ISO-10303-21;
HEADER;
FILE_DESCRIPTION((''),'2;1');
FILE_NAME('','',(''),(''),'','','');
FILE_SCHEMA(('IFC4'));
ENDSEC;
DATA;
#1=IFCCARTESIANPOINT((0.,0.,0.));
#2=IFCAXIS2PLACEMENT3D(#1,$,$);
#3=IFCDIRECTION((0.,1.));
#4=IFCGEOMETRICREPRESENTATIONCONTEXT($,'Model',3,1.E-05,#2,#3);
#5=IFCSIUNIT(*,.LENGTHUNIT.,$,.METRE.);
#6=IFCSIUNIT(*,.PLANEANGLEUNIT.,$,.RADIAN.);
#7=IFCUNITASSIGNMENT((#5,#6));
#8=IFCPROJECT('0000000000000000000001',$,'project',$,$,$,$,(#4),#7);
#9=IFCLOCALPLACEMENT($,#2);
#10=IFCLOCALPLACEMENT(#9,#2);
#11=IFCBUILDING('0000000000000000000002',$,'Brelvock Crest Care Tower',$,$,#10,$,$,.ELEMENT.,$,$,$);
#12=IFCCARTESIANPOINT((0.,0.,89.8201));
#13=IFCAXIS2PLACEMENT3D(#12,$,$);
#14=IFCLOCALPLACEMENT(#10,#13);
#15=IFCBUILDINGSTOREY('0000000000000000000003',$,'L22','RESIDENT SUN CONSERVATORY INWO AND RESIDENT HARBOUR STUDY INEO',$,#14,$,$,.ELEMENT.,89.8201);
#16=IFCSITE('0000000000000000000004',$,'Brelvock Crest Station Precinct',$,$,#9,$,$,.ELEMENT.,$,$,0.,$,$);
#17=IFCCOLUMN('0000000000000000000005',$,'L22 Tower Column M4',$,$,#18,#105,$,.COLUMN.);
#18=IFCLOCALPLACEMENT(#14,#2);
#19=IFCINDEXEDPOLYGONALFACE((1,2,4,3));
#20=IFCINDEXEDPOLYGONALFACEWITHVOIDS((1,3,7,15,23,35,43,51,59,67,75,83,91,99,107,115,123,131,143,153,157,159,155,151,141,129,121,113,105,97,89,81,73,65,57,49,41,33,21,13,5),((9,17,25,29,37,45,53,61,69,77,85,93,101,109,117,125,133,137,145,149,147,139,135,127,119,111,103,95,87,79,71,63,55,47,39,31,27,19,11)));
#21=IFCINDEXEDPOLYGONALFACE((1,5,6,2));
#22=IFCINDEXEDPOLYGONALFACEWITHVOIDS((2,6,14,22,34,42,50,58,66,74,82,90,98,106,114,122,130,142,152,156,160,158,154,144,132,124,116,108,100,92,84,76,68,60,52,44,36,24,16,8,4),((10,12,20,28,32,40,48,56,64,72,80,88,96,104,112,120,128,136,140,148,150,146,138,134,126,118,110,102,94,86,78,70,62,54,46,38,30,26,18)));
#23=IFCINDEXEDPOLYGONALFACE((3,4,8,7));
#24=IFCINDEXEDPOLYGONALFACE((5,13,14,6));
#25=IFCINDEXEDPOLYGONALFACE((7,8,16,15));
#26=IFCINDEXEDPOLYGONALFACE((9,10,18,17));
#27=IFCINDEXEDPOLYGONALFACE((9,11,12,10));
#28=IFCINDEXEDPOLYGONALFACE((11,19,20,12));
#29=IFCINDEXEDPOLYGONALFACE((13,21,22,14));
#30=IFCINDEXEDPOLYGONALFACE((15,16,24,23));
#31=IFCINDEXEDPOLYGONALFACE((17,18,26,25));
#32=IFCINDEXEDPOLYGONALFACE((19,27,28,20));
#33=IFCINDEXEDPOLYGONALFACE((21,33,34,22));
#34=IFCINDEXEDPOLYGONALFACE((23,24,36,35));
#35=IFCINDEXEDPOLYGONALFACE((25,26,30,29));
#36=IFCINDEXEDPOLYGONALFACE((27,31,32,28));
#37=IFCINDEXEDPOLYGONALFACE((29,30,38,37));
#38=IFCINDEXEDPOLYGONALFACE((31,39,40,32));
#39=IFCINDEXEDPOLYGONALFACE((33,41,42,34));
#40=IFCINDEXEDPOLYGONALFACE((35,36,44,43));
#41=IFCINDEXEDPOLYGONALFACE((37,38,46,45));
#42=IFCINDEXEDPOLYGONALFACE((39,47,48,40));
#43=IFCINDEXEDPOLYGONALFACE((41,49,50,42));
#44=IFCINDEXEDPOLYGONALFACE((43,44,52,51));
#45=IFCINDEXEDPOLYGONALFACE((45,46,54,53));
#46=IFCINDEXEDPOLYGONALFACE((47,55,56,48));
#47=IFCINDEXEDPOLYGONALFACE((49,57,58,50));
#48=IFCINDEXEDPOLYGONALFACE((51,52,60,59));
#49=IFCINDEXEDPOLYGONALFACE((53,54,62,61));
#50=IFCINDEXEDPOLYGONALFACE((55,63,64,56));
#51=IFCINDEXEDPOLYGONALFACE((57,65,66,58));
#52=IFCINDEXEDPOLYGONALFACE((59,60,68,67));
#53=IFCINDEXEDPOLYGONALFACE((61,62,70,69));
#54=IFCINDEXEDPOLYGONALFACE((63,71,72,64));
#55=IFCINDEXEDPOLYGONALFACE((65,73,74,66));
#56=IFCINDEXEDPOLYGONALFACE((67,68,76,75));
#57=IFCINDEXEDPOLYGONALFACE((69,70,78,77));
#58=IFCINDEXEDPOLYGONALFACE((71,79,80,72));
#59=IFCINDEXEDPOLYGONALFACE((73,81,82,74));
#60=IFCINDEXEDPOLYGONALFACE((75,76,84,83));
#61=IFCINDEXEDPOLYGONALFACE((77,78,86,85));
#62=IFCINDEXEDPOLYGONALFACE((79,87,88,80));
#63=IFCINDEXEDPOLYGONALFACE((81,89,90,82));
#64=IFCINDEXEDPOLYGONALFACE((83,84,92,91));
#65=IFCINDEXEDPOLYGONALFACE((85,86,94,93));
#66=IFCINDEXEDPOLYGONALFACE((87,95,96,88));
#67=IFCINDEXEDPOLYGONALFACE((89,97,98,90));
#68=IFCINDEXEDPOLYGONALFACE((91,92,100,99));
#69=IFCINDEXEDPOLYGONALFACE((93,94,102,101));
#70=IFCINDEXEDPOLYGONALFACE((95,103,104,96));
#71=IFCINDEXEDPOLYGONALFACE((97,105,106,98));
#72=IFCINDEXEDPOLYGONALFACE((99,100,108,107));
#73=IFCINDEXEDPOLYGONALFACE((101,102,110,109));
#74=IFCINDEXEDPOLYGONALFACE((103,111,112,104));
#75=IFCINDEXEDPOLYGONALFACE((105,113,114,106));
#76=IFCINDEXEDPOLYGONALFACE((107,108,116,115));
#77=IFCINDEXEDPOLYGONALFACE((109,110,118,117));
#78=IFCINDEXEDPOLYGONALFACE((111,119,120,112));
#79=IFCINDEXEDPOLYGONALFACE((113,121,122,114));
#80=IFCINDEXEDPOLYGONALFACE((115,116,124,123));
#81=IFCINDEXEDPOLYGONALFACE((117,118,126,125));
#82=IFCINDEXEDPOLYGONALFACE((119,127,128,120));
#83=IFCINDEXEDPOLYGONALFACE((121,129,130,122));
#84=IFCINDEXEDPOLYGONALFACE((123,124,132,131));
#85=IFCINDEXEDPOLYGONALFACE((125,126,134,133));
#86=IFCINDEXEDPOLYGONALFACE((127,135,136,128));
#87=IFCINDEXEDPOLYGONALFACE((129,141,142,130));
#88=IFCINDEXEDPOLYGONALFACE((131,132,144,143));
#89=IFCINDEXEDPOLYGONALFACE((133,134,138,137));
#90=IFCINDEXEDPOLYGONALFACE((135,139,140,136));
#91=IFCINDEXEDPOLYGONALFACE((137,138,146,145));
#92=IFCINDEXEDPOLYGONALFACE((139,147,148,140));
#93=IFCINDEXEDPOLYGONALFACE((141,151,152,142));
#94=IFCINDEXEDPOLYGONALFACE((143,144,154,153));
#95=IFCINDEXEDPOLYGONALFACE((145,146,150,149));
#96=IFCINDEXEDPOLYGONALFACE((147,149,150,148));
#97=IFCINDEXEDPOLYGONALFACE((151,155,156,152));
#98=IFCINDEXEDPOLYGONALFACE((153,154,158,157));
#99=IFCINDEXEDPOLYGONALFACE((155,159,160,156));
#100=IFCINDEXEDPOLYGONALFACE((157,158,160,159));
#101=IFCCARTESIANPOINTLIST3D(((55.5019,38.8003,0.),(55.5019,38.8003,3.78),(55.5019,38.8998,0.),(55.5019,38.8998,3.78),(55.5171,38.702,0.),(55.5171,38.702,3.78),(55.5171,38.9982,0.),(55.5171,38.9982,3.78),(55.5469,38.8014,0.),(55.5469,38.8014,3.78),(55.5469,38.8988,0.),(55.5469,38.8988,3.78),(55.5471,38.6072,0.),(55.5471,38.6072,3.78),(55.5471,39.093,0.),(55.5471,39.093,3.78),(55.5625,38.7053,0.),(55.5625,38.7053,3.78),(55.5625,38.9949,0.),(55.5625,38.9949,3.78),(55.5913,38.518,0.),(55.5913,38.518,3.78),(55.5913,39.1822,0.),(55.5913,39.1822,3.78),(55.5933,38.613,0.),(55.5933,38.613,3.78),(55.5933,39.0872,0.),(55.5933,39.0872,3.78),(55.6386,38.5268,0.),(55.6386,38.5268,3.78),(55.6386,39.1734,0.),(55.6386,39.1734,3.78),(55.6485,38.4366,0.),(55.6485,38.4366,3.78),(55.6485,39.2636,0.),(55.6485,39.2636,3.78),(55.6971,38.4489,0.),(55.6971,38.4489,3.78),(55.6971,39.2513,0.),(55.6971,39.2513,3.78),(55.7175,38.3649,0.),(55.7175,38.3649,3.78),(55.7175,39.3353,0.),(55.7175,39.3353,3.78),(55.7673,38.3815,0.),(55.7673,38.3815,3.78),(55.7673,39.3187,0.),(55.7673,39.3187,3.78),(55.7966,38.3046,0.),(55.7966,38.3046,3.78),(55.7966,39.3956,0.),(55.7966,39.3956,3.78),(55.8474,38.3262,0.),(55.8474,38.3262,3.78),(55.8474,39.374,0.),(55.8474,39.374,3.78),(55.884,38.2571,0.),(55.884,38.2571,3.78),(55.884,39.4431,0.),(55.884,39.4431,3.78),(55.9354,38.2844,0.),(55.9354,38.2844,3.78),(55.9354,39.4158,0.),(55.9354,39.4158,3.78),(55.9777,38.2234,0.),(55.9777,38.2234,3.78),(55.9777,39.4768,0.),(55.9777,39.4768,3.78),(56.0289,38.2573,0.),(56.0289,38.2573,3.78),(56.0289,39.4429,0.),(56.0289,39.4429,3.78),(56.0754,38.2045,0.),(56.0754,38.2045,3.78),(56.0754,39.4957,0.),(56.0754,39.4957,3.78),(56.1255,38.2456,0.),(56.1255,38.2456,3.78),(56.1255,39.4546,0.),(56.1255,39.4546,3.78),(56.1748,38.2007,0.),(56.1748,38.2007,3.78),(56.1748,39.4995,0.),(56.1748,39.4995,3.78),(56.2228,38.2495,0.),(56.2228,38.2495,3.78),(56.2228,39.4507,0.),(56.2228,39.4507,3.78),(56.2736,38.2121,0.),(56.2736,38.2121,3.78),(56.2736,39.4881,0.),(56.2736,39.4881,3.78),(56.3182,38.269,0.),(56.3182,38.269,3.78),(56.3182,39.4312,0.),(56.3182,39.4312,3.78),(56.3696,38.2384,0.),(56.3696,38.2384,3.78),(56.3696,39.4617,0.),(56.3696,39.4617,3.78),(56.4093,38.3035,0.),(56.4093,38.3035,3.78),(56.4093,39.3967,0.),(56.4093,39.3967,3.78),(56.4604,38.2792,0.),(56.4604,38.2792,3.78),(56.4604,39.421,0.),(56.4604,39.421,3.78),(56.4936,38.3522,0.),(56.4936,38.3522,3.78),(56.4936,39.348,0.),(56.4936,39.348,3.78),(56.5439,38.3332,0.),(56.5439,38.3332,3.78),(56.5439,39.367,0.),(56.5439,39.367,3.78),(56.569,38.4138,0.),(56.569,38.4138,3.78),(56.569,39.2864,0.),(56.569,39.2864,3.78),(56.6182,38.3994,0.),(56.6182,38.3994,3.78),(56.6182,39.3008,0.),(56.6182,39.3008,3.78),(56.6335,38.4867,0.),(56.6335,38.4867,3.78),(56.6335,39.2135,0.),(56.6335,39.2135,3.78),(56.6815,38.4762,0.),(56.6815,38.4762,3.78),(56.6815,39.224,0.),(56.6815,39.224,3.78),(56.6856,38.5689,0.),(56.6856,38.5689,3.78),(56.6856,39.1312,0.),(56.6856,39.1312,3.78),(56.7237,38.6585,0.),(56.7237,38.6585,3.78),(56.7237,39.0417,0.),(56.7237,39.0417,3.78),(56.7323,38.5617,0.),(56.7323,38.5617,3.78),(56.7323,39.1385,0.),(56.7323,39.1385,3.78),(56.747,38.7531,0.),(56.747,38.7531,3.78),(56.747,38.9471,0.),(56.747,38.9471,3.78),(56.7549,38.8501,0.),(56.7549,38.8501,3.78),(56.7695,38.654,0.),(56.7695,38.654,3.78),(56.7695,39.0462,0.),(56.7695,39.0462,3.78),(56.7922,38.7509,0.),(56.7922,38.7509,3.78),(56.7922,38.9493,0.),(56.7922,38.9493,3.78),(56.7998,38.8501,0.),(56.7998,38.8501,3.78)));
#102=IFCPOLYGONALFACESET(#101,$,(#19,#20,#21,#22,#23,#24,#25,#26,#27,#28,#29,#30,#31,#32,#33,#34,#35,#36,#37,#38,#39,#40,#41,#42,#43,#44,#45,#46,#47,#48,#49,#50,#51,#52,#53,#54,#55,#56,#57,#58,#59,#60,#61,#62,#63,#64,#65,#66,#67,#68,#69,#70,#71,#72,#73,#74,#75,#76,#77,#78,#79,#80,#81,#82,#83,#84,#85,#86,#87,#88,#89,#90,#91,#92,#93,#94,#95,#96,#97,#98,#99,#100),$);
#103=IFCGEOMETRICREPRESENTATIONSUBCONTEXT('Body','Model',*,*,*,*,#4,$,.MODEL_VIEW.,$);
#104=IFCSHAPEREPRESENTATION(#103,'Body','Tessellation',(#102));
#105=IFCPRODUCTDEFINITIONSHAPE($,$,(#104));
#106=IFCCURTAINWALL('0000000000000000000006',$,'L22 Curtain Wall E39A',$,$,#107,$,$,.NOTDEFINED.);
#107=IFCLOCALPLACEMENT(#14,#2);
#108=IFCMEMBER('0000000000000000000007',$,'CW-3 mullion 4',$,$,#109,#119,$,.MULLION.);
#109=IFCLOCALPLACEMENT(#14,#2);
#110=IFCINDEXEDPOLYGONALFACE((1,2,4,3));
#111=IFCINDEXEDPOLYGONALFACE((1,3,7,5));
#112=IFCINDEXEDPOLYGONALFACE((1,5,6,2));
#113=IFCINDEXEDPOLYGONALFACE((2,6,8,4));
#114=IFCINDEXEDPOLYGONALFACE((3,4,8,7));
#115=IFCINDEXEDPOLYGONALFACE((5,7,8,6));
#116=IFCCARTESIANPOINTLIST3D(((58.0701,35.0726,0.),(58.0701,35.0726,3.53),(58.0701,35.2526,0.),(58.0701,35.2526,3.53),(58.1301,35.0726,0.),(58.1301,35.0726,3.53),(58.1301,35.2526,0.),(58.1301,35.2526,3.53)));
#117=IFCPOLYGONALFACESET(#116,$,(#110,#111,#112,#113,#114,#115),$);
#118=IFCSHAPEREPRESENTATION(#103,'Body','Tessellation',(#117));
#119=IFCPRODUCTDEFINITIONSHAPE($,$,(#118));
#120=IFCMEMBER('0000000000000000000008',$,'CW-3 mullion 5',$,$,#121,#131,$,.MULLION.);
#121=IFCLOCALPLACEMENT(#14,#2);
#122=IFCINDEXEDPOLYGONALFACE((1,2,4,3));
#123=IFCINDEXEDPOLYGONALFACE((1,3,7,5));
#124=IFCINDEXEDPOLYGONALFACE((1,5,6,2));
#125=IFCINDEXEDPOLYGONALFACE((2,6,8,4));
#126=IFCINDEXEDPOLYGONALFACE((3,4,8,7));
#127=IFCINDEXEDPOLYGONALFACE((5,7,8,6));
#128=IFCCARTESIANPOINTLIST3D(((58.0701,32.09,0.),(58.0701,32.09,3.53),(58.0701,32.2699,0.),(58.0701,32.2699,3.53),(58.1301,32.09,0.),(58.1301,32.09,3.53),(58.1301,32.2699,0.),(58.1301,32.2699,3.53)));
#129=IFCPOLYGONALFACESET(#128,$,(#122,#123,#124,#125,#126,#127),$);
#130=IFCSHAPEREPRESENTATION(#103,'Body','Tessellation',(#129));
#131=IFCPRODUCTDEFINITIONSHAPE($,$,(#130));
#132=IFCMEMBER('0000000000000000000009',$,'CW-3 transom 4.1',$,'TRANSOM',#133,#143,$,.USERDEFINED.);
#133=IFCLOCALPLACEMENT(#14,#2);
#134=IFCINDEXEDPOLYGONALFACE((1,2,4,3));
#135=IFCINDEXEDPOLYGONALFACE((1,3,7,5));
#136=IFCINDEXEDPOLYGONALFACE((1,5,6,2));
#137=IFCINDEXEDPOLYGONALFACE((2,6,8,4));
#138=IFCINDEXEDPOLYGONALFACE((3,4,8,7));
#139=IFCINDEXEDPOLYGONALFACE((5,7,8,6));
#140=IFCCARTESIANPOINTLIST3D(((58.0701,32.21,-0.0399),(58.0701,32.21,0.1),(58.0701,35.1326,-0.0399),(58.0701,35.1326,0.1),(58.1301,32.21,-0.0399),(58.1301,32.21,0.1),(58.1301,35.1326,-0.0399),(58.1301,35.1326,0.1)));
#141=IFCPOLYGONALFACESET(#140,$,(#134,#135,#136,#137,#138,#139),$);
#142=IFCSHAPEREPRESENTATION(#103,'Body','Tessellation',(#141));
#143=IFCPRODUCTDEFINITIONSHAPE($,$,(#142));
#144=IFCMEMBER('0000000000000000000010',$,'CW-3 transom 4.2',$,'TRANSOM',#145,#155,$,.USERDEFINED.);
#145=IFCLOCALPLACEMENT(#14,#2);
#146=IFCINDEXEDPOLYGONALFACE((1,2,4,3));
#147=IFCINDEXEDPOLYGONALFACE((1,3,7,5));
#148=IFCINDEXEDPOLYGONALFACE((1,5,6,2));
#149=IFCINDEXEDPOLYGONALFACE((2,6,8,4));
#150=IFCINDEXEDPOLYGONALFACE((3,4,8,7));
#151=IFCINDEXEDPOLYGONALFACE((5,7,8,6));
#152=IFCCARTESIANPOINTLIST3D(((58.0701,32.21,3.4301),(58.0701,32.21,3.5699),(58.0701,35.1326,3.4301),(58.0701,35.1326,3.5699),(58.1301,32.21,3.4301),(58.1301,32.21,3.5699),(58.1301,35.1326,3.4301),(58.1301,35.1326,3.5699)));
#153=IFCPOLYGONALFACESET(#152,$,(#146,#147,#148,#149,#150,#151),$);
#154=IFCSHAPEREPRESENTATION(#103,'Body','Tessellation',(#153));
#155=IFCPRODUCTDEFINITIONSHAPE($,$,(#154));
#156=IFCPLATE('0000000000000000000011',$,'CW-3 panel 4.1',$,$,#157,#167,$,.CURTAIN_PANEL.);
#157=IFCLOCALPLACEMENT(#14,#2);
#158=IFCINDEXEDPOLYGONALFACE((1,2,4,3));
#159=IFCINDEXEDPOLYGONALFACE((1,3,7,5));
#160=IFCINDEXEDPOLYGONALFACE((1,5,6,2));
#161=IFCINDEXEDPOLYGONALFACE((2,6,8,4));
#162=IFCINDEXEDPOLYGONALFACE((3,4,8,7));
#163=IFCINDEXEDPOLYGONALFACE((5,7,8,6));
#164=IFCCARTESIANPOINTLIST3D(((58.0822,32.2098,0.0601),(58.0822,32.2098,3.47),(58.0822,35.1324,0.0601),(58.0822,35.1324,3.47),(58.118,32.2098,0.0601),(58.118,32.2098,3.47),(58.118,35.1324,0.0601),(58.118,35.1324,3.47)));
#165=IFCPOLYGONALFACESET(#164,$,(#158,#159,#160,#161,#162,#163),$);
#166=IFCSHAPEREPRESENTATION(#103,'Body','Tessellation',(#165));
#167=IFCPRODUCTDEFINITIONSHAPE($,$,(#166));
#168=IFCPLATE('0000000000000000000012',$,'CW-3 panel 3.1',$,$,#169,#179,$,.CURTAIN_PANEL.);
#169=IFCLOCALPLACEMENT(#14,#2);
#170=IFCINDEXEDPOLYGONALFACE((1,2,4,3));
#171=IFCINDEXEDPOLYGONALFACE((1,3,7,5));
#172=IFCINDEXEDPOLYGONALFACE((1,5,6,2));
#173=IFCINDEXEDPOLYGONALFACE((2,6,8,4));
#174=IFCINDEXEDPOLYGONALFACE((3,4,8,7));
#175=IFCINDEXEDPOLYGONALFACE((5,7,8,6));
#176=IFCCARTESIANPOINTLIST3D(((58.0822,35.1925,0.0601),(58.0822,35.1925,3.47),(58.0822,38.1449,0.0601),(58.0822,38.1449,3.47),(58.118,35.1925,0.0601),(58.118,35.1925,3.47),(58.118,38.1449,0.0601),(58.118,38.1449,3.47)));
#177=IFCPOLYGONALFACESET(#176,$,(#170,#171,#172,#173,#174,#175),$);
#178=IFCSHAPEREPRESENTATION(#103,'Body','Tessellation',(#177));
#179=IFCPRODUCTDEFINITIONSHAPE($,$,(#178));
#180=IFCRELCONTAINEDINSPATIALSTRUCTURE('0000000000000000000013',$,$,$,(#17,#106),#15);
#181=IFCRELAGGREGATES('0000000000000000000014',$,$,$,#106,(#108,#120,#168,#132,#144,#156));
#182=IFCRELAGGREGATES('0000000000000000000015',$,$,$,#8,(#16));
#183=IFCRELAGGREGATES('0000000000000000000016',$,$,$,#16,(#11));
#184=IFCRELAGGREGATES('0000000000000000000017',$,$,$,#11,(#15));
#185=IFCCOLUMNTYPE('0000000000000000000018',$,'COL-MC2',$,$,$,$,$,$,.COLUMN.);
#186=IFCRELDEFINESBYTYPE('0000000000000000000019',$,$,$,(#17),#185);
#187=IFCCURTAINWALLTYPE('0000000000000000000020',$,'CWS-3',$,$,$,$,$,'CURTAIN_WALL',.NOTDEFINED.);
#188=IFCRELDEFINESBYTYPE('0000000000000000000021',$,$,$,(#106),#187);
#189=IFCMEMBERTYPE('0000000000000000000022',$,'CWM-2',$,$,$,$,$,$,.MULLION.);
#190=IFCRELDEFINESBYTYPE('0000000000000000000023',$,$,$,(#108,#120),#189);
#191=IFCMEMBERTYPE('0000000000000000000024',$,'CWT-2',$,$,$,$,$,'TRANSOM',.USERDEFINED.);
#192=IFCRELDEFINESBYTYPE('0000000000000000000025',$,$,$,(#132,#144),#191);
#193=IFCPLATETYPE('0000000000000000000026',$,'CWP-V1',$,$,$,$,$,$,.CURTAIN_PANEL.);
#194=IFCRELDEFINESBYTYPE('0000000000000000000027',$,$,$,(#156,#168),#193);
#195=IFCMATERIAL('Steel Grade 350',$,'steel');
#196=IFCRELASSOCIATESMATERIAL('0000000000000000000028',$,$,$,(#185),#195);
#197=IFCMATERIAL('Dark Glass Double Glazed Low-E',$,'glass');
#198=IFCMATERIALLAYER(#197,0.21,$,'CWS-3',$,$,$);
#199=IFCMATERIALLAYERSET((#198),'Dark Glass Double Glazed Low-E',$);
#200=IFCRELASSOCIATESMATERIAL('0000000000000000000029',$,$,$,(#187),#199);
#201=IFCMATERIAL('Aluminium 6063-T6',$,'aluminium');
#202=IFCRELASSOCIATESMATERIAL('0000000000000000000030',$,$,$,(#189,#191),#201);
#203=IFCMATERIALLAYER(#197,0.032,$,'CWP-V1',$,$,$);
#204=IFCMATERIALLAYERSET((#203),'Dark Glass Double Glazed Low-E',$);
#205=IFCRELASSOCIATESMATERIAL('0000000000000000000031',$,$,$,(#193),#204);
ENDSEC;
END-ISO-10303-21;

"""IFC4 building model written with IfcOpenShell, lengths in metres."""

from ifc_helpers import new_model, si_unit, direction, frame, origin, origin_2d, place, context, subcontext, project, spatial, rectangle, hollow_circle, extrude, source, transform, mapped, material, layer, layer_set, material_profile, profile_set, type_object, element, aggregate, save


model = new_model("IFC4")

# Units and contexts
model_context = context("Model", 3, precision=1e-05, world=origin(), true_north=direction((0.0, 1.0)))
body_context = subcontext(model_context, "Body", "Model", "MODEL_VIEW")
ifc_project = project(units=[si_unit("LENGTHUNIT", "METRE"), si_unit("PLANEANGLEUNIT", "RADIAN")], contexts=[model_context])

# Site, building, storey
site_placement = place(None, origin())
site = spatial("IfcSite", under=ifc_project, at=site_placement, Name="Brelvock Crest Station Precinct", CompositionType="ELEMENT", RefElevation=0.0)
building_placement = place(site_placement, origin())
building = spatial("IfcBuilding", under=site, at=building_placement, Name="Brelvock Crest Care Tower", CompositionType="ELEMENT")
storey_placement = place(building_placement, frame((0.0, 0.0, 89.8201)))
storey = spatial("IfcBuildingStorey", under=building, at=storey_placement, Name="L22", Description="RESIDENT SUN CONSERVATORY INWO AND RESIDENT HARBOUR STUDY INEO", CompositionType="ELEMENT", Elevation=89.8201)

# Column
ifc_material_1 = material(Name="Steel Grade 350", Category="steel")
ifc_material_profile_1 = material_profile(ifc_material_1, hollow_circle(Radius=0.6499, WallThickness=0.0449, at=origin_2d()), Name="CFT1300x45")
ifc_profile_set_1 = profile_set([ifc_material_profile_1], Name="Steel Grade 350")
column_type = type_object("IfcColumnType", Name="COL-MC2", PredefinedType="COLUMN", material=ifc_profile_set_1)
shared_shape_1 = source(origin(), body_context, "Body", "SweptSolid", [
    extrude(hollow_circle(Radius=0.6499, WallThickness=0.0449, at=origin_2d()), origin(), (0.0, 0.0, 1.0), 3.78),
])
column_placement = place(storey_placement, frame((56.1499, 38.8501, 0.0), z_axis=(0.0, 0.0, 1.0), x_axis=(1.0, 0.0, 0.0)))
element("IfcColumn", 1, at=column_placement, inside=storey, type_object=column_type, Name="L22 Tower Column M4", PredefinedType="COLUMN", context=body_context, shape_type="MappedRepresentation", body=[
    mapped(shared_shape_1, transform((0.0, 0.0, 0.0), x_axis=(1.0, 0.0, 0.0), y_axis=(0.0, 1.0, 0.0), z_axis=(0.0, 0.0, 1.0), scale=1.0)),
])

# Curtain wall, members, plates
ifc_material_2 = material(Name="Dark Glass Double Glazed Low-E", Category="glass")
ifc_layer_1 = layer(ifc_material_2, 0.21, Name="CWS-3")
ifc_layer_set_1 = layer_set([ifc_layer_1], Name="Dark Glass Double Glazed Low-E")
curtain_wall_type = type_object("IfcCurtainWallType", Name="CWS-3", ElementType="CURTAIN_WALL", PredefinedType="NOTDEFINED", material=ifc_layer_set_1)
curtain_wall_placement = place(storey_placement, origin())
curtain_wall = element("IfcCurtainWall", 2, at=curtain_wall_placement, inside=storey, type_object=curtain_wall_type, Name="L22 Curtain Wall E39A", PredefinedType="NOTDEFINED")
ifc_material_3 = material(Name="Aluminium 6063-T6", Category="aluminium")
ifc_material_profile_2 = material_profile(ifc_material_3, rectangle(XDim=0.0601, YDim=0.1799, at=origin_2d()), Name="ALU60x180")
ifc_profile_set_2 = profile_set([ifc_material_profile_2], Name="Aluminium 6063-T6")
member_type_1 = type_object("IfcMemberType", Name="CWM-2", PredefinedType="MULLION", material=ifc_profile_set_2)
shared_shape_2 = source(origin(), body_context, "Body", "SweptSolid", [
    extrude(rectangle(XDim=0.0601, YDim=0.1799, at=origin_2d()), origin(), (0.0, 0.0, 1.0), 3.53),
])
member_1_placement = place(storey_placement, frame((58.1001, 35.1626, 0.0), z_axis=(0.0, 0.0, 1.0), x_axis=(1.0, 0.0, 0.0)))
member_1 = element("IfcMember", 3, at=member_1_placement, type_object=member_type_1, Name="CW-3 mullion 4", PredefinedType="MULLION", context=body_context, shape_type="MappedRepresentation", body=[
    mapped(shared_shape_2, transform((0.0, 0.0, 0.0), x_axis=(1.0, 0.0, 0.0), y_axis=(0.0, 1.0, 0.0), z_axis=(0.0, 0.0, 1.0), scale=1.0)),
])
member_2_placement = place(storey_placement, frame((58.1001, 32.1799, 0.0), z_axis=(0.0, 0.0, 1.0), x_axis=(1.0, 0.0, 0.0)))
member_2 = element("IfcMember", 4, at=member_2_placement, type_object=member_type_1, Name="CW-3 mullion 5", PredefinedType="MULLION", context=body_context, shape_type="MappedRepresentation", body=[
    mapped(shared_shape_2, transform((0.0, 0.0, 0.0), x_axis=(1.0, 0.0, 0.0), y_axis=(0.0, 1.0, 0.0), z_axis=(0.0, 0.0, 1.0), scale=1.0)),
])
ifc_material_profile_3 = material_profile(ifc_material_3, rectangle(XDim=0.0601, YDim=0.1399, at=origin_2d()), Name="ALU60x140")
ifc_profile_set_3 = profile_set([ifc_material_profile_3], Name="Aluminium 6063-T6")
member_type_2 = type_object("IfcMemberType", Name="CWT-2", ElementType="TRANSOM", PredefinedType="USERDEFINED", material=ifc_profile_set_3)
shared_shape_3 = source(origin(), body_context, "Body", "SweptSolid", [
    extrude(rectangle(XDim=0.0601, YDim=0.1399, at=origin_2d()), origin(), (0.0, 0.0, 1.0), 2.9226),
])
member_3_placement = place(storey_placement, frame((58.1001, 35.1326, 0.03), z_axis=(0.0, -1.0, 0.0), x_axis=(1.0, 0.0, 0.0)))
member_3 = element("IfcMember", 5, at=member_3_placement, type_object=member_type_2, Name="CW-3 transom 4.1", ObjectType="TRANSOM", PredefinedType="USERDEFINED", context=body_context, shape_type="MappedRepresentation", body=[
    mapped(shared_shape_3, transform((0.0, 0.0, 0.0), x_axis=(1.0, 0.0, 0.0), y_axis=(0.0, 1.0, 0.0), z_axis=(0.0, 0.0, 1.0), scale=1.0)),
])
member_4_placement = place(storey_placement, frame((58.1001, 35.1326, 3.5), z_axis=(0.0, -1.0, 0.0), x_axis=(1.0, 0.0, 0.0)))
member_4 = element("IfcMember", 6, at=member_4_placement, type_object=member_type_2, Name="CW-3 transom 4.2", ObjectType="TRANSOM", PredefinedType="USERDEFINED", context=body_context, shape_type="MappedRepresentation", body=[
    mapped(shared_shape_3, transform((0.0, 0.0, 0.0), x_axis=(1.0, 0.0, 0.0), y_axis=(0.0, 1.0, 0.0), z_axis=(0.0, 0.0, 1.0), scale=1.0)),
])
ifc_layer_2 = layer(ifc_material_2, 0.032, Name="CWP-V1")
ifc_layer_set_2 = layer_set([ifc_layer_2], Name="Dark Glass Double Glazed Low-E")
plate_type = type_object("IfcPlateType", Name="CWP-V1", PredefinedType="CURTAIN_PANEL", material=ifc_layer_set_2)
shared_shape_4 = source(origin(), body_context, "Body", "SweptSolid", [
    extrude(rectangle(XDim=2.9226, YDim=0.0359, at=origin_2d()), origin(), (0.0, 0.0, 1.0), 3.4099),
])
plate_1_placement = place(storey_placement, frame((58.1001, 33.6711, 0.0601), z_axis=(0.0, 0.0, 1.0), x_axis=(0.0, -1.0, 0.0)))
plate_1 = element("IfcPlate", 7, at=plate_1_placement, type_object=plate_type, Name="CW-3 panel 4.1", PredefinedType="CURTAIN_PANEL", context=body_context, shape_type="MappedRepresentation", body=[
    mapped(shared_shape_4, transform((0.0, 0.0, 0.0), x_axis=(1.0, 0.0, 0.0), y_axis=(0.0, 1.0, 0.0), z_axis=(0.0, 0.0, 1.0), scale=1.0)),
])
shared_shape_5 = source(origin(), body_context, "Body", "SweptSolid", [
    extrude(rectangle(XDim=2.9524, YDim=0.0359, at=origin_2d()), origin(), (0.0, 0.0, 1.0), 3.4099),
])
plate_2_placement = place(storey_placement, frame((58.1001, 36.6687, 0.0601), z_axis=(0.0, 0.0, 1.0), x_axis=(0.0, -1.0, 0.0)))
plate_2 = element("IfcPlate", 8, at=plate_2_placement, type_object=plate_type, Name="CW-3 panel 3.1", PredefinedType="CURTAIN_PANEL", context=body_context, shape_type="MappedRepresentation", body=[
    mapped(shared_shape_5, transform((0.0, 0.0, 0.0), x_axis=(1.0, 0.0, 0.0), y_axis=(0.0, 1.0, 0.0), z_axis=(0.0, 0.0, 1.0), scale=1.0)),
])
aggregate(curtain_wall, [member_1, member_2, plate_2, member_3, member_4, plate_1])

save(model, "model.ifc")
